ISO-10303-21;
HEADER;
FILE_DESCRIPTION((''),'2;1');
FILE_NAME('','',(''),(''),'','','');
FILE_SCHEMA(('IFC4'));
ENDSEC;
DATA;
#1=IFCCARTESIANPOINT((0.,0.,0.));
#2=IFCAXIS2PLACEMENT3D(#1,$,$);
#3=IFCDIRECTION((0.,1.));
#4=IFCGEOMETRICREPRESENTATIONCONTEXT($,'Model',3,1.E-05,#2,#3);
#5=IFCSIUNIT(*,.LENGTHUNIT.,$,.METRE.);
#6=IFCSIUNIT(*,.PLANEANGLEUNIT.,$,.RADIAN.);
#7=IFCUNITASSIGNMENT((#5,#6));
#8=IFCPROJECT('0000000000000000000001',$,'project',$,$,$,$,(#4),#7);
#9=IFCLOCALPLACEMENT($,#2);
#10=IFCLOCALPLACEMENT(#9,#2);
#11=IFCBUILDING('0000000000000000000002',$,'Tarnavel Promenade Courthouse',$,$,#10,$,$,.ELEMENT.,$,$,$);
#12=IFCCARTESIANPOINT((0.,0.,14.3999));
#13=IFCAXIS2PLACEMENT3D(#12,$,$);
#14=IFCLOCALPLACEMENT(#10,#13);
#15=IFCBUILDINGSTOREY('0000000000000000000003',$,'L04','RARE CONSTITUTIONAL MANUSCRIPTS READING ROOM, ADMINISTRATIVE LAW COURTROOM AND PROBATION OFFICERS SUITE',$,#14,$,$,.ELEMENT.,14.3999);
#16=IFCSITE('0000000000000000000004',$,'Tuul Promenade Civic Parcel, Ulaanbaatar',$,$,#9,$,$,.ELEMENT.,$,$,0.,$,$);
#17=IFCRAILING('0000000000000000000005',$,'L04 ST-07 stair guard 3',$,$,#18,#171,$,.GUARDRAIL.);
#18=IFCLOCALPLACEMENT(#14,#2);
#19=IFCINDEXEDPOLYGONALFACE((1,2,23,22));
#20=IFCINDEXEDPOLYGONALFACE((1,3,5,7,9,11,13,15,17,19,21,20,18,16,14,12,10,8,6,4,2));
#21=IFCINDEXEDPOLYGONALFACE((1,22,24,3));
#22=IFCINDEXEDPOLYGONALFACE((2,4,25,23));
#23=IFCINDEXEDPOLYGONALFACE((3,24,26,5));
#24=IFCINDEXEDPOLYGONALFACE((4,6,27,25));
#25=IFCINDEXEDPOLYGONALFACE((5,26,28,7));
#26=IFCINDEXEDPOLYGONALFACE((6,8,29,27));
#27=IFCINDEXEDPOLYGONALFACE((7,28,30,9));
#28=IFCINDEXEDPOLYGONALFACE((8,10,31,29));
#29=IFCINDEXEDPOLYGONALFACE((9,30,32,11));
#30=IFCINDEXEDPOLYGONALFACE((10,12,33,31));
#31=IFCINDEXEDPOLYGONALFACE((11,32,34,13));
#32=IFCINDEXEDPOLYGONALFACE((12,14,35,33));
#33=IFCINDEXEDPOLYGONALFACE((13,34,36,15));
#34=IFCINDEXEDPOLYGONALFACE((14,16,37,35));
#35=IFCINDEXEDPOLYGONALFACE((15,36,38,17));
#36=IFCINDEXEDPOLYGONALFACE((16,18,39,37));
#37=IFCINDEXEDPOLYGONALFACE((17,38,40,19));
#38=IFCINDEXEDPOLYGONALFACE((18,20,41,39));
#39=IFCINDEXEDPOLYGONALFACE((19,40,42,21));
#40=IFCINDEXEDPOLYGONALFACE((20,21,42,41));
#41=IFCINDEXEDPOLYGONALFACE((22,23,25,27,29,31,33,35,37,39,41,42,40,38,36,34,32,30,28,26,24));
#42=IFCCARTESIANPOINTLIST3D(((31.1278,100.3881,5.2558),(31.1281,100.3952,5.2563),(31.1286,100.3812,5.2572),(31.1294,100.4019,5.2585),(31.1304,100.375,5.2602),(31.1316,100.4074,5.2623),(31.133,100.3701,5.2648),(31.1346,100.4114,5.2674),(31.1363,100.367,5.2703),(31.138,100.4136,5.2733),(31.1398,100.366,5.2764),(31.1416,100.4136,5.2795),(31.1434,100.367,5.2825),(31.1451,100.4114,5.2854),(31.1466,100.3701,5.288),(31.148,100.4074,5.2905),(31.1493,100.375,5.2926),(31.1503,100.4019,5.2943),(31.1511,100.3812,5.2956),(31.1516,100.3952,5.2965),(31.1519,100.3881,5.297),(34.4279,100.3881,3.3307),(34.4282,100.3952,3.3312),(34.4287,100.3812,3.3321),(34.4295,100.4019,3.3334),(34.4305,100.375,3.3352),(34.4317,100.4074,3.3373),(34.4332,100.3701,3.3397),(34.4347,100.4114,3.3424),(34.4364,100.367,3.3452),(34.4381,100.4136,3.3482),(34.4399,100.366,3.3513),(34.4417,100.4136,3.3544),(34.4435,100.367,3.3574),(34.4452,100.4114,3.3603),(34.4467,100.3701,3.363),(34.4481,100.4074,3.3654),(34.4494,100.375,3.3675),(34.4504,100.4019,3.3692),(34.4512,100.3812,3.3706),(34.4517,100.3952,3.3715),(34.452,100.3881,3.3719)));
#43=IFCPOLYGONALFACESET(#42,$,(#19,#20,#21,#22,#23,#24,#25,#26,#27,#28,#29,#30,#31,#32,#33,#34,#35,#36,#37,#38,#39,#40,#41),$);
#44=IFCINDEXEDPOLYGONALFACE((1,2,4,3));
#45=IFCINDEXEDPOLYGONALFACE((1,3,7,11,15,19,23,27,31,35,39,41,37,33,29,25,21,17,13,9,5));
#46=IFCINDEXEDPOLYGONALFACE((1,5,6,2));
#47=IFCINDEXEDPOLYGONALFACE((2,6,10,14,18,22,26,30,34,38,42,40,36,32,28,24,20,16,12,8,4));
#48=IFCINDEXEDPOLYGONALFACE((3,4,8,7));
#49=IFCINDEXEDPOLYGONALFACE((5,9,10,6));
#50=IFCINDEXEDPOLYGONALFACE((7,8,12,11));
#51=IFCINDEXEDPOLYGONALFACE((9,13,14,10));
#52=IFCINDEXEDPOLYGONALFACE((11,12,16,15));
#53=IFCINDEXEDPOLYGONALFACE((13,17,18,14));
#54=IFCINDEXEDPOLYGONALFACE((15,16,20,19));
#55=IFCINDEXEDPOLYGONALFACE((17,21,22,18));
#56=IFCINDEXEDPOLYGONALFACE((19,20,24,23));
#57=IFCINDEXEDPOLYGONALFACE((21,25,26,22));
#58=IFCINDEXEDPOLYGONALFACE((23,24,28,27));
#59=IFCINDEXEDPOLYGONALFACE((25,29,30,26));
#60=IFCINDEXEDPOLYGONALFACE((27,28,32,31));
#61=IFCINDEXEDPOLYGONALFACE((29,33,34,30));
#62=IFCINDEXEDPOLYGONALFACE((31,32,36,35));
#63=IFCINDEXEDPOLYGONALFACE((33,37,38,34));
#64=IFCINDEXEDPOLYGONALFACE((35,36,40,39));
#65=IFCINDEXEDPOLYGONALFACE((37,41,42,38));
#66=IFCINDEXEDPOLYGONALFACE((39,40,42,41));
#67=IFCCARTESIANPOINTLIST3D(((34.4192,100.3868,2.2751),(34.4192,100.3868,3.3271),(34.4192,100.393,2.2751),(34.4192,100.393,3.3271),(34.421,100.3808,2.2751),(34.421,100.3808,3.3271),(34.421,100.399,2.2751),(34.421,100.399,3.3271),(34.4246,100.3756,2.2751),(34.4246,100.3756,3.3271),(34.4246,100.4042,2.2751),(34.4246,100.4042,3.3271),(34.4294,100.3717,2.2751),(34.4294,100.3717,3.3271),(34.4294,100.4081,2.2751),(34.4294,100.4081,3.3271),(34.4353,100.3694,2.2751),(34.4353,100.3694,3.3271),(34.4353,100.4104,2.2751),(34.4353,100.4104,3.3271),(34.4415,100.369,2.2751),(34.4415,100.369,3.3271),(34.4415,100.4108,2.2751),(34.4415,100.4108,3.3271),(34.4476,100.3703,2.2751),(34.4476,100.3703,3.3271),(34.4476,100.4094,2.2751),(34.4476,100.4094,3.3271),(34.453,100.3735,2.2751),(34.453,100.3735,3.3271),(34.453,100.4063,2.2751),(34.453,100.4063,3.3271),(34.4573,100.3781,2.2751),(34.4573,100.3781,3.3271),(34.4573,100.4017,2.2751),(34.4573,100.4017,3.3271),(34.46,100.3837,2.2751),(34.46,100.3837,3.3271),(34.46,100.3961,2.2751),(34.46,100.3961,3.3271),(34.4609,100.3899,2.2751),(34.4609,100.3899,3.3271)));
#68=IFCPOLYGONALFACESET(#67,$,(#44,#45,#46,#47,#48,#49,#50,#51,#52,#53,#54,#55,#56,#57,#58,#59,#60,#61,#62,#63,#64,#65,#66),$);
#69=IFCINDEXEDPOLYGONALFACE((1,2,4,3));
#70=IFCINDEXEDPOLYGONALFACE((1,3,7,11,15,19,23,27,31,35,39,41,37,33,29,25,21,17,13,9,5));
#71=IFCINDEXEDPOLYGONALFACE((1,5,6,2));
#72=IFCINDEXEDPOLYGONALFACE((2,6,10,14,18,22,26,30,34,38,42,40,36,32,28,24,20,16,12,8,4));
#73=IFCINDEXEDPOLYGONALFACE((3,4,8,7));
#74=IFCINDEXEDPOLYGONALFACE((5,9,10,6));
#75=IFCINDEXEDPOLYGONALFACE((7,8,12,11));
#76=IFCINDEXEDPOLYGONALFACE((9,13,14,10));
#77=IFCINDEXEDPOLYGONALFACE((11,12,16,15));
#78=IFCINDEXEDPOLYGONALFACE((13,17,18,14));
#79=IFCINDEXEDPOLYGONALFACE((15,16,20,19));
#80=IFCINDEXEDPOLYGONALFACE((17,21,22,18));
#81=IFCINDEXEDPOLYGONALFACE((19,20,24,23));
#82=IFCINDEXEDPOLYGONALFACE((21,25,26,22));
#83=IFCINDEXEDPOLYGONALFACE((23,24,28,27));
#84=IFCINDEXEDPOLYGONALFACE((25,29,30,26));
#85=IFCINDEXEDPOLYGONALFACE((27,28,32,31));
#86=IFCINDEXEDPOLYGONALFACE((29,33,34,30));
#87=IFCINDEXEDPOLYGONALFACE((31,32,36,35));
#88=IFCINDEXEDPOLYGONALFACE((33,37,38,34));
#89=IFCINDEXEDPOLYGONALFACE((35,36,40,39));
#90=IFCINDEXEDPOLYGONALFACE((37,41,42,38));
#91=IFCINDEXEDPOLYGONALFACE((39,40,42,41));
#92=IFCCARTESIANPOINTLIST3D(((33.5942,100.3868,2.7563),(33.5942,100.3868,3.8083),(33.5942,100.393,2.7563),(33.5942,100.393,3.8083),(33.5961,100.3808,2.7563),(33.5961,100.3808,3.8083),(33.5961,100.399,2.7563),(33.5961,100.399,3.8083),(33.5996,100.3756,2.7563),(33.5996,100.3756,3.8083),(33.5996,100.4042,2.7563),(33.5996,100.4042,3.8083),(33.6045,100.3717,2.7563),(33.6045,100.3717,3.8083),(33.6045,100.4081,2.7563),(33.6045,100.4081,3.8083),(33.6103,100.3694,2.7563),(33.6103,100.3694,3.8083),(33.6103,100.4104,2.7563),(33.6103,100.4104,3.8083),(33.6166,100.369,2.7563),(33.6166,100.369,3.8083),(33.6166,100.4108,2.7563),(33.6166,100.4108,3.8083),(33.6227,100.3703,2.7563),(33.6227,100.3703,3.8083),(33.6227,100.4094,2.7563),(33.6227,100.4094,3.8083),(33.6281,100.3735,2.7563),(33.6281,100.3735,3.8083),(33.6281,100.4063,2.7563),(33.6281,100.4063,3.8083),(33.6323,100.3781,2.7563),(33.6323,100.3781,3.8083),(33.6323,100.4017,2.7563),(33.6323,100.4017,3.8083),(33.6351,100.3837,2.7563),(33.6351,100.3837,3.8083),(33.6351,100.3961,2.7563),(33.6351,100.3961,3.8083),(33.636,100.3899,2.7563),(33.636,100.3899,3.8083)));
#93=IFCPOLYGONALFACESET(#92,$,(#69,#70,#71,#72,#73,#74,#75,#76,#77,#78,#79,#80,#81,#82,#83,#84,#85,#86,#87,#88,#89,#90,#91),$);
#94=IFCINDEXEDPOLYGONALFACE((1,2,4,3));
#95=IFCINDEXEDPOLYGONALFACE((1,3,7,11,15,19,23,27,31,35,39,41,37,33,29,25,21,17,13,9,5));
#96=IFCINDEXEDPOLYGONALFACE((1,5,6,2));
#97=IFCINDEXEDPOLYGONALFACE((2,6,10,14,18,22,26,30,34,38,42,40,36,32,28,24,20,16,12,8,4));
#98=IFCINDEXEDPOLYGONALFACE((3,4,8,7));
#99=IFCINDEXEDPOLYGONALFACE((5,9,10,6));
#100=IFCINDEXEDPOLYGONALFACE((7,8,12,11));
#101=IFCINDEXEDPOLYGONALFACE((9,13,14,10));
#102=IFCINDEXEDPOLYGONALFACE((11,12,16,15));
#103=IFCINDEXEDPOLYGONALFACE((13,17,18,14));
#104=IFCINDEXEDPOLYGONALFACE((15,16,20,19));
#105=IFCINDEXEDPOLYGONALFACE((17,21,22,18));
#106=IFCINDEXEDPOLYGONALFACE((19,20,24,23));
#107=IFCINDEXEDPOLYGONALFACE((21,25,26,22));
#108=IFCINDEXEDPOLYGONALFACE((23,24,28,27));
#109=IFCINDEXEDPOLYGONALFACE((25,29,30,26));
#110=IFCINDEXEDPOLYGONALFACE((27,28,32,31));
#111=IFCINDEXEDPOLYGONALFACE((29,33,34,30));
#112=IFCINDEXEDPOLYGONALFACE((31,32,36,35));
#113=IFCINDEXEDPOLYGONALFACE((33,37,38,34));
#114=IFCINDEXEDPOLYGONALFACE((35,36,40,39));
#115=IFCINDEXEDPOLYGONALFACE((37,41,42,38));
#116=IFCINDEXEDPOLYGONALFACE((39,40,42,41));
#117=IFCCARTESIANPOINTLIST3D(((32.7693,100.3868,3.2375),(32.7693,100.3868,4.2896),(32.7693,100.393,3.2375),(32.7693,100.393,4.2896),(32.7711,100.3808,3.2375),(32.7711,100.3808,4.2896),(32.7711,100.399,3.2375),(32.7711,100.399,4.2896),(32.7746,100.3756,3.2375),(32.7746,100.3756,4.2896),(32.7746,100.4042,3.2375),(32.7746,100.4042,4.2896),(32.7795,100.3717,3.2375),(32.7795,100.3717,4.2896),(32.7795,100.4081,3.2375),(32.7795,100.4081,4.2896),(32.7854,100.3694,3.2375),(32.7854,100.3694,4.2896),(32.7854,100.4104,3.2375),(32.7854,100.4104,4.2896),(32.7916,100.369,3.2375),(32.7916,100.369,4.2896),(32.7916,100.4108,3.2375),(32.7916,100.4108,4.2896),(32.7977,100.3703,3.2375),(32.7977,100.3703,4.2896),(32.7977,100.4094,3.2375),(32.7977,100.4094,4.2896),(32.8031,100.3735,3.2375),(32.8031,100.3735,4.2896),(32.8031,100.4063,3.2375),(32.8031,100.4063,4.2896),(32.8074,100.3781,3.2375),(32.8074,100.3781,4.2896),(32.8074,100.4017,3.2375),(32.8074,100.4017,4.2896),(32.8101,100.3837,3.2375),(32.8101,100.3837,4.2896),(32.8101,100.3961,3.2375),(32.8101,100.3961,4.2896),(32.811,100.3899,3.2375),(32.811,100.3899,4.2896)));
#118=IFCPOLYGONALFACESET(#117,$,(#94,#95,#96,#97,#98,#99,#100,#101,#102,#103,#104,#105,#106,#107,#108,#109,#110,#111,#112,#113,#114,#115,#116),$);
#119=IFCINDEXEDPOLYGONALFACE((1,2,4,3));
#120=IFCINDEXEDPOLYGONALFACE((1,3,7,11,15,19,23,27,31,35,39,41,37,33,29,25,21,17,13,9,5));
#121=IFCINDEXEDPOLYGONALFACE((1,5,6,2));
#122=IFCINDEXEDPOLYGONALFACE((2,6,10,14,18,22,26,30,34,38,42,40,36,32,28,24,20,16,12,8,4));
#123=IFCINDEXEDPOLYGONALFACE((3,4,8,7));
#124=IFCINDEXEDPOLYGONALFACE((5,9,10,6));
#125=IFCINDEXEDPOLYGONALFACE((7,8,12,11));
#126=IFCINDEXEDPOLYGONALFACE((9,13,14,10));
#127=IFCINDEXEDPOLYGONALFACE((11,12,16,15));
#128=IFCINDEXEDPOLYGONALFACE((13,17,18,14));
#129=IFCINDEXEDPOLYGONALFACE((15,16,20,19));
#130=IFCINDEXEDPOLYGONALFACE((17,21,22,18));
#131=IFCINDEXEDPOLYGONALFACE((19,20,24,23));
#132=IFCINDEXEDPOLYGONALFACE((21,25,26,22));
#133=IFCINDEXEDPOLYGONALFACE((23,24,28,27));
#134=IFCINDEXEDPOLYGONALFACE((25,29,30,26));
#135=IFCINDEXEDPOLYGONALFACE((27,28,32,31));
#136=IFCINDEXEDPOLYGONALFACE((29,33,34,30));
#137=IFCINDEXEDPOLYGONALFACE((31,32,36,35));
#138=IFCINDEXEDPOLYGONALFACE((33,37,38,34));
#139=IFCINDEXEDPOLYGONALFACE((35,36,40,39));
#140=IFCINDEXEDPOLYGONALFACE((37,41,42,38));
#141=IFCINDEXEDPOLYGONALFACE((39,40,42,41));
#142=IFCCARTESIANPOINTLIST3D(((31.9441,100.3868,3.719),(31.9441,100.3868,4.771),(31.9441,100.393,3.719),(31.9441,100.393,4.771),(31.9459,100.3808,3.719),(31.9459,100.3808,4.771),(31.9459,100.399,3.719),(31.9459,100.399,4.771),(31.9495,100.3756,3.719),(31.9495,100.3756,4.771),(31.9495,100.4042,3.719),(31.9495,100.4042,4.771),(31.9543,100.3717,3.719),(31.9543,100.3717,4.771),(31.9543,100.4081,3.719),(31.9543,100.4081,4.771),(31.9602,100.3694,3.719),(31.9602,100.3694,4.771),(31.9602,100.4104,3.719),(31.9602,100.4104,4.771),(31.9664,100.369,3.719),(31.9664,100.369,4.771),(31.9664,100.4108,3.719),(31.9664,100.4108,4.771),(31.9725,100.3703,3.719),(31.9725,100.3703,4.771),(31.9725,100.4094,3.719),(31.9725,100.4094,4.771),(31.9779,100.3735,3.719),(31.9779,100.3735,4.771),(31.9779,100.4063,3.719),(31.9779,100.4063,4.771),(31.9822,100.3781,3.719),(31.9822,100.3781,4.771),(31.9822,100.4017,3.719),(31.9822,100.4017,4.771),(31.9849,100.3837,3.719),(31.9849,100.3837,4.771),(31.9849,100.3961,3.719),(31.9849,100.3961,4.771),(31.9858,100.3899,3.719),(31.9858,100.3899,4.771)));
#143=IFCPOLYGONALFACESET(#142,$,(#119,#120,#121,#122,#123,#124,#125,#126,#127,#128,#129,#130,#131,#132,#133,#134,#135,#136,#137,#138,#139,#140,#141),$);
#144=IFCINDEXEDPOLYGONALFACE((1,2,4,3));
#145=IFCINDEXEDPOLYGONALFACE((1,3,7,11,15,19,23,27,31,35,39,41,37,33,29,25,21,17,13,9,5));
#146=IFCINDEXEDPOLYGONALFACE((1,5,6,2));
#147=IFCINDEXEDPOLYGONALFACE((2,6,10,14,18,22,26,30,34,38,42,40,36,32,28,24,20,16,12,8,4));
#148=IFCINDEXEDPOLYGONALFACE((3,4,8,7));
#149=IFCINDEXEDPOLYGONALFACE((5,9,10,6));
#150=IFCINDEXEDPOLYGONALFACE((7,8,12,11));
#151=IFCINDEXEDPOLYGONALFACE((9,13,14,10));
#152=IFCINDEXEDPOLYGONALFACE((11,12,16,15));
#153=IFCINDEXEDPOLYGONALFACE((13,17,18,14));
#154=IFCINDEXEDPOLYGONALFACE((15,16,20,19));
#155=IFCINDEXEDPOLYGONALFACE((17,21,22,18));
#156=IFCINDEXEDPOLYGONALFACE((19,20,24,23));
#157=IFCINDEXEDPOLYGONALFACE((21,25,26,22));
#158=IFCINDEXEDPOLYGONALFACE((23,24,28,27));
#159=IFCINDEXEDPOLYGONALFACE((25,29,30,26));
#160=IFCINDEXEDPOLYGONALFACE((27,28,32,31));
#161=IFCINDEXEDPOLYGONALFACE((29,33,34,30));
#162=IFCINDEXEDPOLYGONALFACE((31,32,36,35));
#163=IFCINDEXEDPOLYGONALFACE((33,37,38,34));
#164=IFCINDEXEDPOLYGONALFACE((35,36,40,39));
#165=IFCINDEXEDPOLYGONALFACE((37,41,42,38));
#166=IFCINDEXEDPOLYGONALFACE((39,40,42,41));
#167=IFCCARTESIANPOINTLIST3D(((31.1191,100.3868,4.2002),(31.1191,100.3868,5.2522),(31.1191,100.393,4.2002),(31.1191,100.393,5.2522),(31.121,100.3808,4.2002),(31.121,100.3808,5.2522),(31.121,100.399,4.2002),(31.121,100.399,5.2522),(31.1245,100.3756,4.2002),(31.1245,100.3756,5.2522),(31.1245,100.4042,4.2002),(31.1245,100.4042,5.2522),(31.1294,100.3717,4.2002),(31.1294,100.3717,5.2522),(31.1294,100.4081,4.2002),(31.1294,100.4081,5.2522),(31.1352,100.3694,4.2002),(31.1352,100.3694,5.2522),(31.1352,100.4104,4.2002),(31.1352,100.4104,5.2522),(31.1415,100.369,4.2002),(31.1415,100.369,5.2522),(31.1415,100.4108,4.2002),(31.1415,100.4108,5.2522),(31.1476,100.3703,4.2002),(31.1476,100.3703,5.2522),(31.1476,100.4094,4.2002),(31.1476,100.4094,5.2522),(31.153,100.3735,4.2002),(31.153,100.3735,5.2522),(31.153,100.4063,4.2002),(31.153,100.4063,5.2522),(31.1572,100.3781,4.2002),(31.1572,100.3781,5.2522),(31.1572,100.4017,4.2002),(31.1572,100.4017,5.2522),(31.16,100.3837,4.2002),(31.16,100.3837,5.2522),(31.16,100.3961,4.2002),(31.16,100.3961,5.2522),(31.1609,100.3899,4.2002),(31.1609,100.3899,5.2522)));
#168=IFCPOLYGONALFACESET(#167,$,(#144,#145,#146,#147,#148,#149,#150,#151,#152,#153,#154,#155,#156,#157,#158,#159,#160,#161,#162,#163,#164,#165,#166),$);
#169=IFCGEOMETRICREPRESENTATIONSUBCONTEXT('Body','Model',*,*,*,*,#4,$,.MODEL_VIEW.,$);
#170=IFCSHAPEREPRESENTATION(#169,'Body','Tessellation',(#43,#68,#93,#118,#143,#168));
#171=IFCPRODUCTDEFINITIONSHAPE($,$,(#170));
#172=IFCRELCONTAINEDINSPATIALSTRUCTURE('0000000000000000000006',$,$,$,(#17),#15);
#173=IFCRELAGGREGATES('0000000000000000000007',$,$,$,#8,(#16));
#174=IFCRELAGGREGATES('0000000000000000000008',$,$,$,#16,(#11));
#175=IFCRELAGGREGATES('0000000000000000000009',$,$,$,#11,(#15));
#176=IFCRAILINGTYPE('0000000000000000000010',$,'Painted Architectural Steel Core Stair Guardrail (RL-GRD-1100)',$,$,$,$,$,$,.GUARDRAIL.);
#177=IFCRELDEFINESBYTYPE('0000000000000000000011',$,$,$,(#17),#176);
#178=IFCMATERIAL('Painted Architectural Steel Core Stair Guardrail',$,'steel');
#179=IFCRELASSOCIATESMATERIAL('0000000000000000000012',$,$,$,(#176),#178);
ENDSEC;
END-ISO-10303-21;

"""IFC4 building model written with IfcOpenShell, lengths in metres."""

from ifc_helpers import new_model, si_unit, direction, frame, origin, origin_2d, place, context, subcontext, project, spatial, circle, extrude, material, type_object, element, save


model = new_model("IFC4")

# Units and contexts
model_context = context("Model", 3, precision=1e-05, world=origin(), true_north=direction((0.0, 1.0)))
body_context = subcontext(model_context, "Body", "Model", "MODEL_VIEW")
ifc_project = project(units=[si_unit("LENGTHUNIT", "METRE"), si_unit("PLANEANGLEUNIT", "RADIAN")], contexts=[model_context])

# Site, building, storey
site_placement = place(None, origin())
site = spatial("IfcSite", under=ifc_project, at=site_placement, Name="Tuul Promenade Civic Parcel, Ulaanbaatar", CompositionType="ELEMENT", RefElevation=0.0)
building_placement = place(site_placement, origin())
building = spatial("IfcBuilding", under=site, at=building_placement, Name="Tarnavel Promenade Courthouse", CompositionType="ELEMENT")
storey_placement = place(building_placement, frame((0.0, 0.0, 14.3999)))
storey = spatial("IfcBuildingStorey", under=building, at=storey_placement, Name="L04", Description="RARE CONSTITUTIONAL MANUSCRIPTS READING ROOM, ADMINISTRATIVE LAW COURTROOM AND PROBATION OFFICERS SUITE", CompositionType="ELEMENT", Elevation=14.3999)

# Railing
ifc_material_1 = material(Name="Painted Architectural Steel Core Stair Guardrail", Category="steel")
railing_type_1 = type_object("IfcRailingType", Name="Painted Architectural Steel Core Stair Guardrail (RL-GRD-1100)", PredefinedType="GUARDRAIL", material=ifc_material_1)
railing_1_placement = place(storey_placement, frame((34.4399, 100.3899, 2.2751)))
element("IfcRailing", 1, at=railing_1_placement, inside=storey, type_object=railing_type_1, Name="L04 ST-07 stair guard 3", PredefinedType="GUARDRAIL", context=body_context, shape_type="SweptSolid", body=[
    extrude(circle(Radius=0.0239, at=origin_2d()), frame((0.0, 0.0, 1.0762), z_axis=(-0.863777, 0.0, 0.503875), x_axis=(0.0, -1.0, 0.0)), (0.0, 0.0, 1.0), 3.8206),
    extrude(circle(Radius=0.021, at=origin_2d()), origin(), (0.0, 0.0, 1.0), 1.052),
    extrude(circle(Radius=0.021, at=origin_2d()), frame((-0.825, 0.0, 0.4812)), (0.0, 0.0, 1.0), 1.052),
    extrude(circle(Radius=0.021, at=origin_2d()), frame((-1.6499, 0.0, 0.9624)), (0.0, 0.0, 1.0), 1.052),
    extrude(circle(Radius=0.021, at=origin_2d()), frame((-2.4751, 0.0, 1.4438)), (0.0, 0.0, 1.0), 1.052),
    extrude(circle(Radius=0.021, at=origin_2d()), frame((-3.3, 0.0, 1.925)), (0.0, 0.0, 1.0), 1.052),
])

save(model, "model.ifc")
